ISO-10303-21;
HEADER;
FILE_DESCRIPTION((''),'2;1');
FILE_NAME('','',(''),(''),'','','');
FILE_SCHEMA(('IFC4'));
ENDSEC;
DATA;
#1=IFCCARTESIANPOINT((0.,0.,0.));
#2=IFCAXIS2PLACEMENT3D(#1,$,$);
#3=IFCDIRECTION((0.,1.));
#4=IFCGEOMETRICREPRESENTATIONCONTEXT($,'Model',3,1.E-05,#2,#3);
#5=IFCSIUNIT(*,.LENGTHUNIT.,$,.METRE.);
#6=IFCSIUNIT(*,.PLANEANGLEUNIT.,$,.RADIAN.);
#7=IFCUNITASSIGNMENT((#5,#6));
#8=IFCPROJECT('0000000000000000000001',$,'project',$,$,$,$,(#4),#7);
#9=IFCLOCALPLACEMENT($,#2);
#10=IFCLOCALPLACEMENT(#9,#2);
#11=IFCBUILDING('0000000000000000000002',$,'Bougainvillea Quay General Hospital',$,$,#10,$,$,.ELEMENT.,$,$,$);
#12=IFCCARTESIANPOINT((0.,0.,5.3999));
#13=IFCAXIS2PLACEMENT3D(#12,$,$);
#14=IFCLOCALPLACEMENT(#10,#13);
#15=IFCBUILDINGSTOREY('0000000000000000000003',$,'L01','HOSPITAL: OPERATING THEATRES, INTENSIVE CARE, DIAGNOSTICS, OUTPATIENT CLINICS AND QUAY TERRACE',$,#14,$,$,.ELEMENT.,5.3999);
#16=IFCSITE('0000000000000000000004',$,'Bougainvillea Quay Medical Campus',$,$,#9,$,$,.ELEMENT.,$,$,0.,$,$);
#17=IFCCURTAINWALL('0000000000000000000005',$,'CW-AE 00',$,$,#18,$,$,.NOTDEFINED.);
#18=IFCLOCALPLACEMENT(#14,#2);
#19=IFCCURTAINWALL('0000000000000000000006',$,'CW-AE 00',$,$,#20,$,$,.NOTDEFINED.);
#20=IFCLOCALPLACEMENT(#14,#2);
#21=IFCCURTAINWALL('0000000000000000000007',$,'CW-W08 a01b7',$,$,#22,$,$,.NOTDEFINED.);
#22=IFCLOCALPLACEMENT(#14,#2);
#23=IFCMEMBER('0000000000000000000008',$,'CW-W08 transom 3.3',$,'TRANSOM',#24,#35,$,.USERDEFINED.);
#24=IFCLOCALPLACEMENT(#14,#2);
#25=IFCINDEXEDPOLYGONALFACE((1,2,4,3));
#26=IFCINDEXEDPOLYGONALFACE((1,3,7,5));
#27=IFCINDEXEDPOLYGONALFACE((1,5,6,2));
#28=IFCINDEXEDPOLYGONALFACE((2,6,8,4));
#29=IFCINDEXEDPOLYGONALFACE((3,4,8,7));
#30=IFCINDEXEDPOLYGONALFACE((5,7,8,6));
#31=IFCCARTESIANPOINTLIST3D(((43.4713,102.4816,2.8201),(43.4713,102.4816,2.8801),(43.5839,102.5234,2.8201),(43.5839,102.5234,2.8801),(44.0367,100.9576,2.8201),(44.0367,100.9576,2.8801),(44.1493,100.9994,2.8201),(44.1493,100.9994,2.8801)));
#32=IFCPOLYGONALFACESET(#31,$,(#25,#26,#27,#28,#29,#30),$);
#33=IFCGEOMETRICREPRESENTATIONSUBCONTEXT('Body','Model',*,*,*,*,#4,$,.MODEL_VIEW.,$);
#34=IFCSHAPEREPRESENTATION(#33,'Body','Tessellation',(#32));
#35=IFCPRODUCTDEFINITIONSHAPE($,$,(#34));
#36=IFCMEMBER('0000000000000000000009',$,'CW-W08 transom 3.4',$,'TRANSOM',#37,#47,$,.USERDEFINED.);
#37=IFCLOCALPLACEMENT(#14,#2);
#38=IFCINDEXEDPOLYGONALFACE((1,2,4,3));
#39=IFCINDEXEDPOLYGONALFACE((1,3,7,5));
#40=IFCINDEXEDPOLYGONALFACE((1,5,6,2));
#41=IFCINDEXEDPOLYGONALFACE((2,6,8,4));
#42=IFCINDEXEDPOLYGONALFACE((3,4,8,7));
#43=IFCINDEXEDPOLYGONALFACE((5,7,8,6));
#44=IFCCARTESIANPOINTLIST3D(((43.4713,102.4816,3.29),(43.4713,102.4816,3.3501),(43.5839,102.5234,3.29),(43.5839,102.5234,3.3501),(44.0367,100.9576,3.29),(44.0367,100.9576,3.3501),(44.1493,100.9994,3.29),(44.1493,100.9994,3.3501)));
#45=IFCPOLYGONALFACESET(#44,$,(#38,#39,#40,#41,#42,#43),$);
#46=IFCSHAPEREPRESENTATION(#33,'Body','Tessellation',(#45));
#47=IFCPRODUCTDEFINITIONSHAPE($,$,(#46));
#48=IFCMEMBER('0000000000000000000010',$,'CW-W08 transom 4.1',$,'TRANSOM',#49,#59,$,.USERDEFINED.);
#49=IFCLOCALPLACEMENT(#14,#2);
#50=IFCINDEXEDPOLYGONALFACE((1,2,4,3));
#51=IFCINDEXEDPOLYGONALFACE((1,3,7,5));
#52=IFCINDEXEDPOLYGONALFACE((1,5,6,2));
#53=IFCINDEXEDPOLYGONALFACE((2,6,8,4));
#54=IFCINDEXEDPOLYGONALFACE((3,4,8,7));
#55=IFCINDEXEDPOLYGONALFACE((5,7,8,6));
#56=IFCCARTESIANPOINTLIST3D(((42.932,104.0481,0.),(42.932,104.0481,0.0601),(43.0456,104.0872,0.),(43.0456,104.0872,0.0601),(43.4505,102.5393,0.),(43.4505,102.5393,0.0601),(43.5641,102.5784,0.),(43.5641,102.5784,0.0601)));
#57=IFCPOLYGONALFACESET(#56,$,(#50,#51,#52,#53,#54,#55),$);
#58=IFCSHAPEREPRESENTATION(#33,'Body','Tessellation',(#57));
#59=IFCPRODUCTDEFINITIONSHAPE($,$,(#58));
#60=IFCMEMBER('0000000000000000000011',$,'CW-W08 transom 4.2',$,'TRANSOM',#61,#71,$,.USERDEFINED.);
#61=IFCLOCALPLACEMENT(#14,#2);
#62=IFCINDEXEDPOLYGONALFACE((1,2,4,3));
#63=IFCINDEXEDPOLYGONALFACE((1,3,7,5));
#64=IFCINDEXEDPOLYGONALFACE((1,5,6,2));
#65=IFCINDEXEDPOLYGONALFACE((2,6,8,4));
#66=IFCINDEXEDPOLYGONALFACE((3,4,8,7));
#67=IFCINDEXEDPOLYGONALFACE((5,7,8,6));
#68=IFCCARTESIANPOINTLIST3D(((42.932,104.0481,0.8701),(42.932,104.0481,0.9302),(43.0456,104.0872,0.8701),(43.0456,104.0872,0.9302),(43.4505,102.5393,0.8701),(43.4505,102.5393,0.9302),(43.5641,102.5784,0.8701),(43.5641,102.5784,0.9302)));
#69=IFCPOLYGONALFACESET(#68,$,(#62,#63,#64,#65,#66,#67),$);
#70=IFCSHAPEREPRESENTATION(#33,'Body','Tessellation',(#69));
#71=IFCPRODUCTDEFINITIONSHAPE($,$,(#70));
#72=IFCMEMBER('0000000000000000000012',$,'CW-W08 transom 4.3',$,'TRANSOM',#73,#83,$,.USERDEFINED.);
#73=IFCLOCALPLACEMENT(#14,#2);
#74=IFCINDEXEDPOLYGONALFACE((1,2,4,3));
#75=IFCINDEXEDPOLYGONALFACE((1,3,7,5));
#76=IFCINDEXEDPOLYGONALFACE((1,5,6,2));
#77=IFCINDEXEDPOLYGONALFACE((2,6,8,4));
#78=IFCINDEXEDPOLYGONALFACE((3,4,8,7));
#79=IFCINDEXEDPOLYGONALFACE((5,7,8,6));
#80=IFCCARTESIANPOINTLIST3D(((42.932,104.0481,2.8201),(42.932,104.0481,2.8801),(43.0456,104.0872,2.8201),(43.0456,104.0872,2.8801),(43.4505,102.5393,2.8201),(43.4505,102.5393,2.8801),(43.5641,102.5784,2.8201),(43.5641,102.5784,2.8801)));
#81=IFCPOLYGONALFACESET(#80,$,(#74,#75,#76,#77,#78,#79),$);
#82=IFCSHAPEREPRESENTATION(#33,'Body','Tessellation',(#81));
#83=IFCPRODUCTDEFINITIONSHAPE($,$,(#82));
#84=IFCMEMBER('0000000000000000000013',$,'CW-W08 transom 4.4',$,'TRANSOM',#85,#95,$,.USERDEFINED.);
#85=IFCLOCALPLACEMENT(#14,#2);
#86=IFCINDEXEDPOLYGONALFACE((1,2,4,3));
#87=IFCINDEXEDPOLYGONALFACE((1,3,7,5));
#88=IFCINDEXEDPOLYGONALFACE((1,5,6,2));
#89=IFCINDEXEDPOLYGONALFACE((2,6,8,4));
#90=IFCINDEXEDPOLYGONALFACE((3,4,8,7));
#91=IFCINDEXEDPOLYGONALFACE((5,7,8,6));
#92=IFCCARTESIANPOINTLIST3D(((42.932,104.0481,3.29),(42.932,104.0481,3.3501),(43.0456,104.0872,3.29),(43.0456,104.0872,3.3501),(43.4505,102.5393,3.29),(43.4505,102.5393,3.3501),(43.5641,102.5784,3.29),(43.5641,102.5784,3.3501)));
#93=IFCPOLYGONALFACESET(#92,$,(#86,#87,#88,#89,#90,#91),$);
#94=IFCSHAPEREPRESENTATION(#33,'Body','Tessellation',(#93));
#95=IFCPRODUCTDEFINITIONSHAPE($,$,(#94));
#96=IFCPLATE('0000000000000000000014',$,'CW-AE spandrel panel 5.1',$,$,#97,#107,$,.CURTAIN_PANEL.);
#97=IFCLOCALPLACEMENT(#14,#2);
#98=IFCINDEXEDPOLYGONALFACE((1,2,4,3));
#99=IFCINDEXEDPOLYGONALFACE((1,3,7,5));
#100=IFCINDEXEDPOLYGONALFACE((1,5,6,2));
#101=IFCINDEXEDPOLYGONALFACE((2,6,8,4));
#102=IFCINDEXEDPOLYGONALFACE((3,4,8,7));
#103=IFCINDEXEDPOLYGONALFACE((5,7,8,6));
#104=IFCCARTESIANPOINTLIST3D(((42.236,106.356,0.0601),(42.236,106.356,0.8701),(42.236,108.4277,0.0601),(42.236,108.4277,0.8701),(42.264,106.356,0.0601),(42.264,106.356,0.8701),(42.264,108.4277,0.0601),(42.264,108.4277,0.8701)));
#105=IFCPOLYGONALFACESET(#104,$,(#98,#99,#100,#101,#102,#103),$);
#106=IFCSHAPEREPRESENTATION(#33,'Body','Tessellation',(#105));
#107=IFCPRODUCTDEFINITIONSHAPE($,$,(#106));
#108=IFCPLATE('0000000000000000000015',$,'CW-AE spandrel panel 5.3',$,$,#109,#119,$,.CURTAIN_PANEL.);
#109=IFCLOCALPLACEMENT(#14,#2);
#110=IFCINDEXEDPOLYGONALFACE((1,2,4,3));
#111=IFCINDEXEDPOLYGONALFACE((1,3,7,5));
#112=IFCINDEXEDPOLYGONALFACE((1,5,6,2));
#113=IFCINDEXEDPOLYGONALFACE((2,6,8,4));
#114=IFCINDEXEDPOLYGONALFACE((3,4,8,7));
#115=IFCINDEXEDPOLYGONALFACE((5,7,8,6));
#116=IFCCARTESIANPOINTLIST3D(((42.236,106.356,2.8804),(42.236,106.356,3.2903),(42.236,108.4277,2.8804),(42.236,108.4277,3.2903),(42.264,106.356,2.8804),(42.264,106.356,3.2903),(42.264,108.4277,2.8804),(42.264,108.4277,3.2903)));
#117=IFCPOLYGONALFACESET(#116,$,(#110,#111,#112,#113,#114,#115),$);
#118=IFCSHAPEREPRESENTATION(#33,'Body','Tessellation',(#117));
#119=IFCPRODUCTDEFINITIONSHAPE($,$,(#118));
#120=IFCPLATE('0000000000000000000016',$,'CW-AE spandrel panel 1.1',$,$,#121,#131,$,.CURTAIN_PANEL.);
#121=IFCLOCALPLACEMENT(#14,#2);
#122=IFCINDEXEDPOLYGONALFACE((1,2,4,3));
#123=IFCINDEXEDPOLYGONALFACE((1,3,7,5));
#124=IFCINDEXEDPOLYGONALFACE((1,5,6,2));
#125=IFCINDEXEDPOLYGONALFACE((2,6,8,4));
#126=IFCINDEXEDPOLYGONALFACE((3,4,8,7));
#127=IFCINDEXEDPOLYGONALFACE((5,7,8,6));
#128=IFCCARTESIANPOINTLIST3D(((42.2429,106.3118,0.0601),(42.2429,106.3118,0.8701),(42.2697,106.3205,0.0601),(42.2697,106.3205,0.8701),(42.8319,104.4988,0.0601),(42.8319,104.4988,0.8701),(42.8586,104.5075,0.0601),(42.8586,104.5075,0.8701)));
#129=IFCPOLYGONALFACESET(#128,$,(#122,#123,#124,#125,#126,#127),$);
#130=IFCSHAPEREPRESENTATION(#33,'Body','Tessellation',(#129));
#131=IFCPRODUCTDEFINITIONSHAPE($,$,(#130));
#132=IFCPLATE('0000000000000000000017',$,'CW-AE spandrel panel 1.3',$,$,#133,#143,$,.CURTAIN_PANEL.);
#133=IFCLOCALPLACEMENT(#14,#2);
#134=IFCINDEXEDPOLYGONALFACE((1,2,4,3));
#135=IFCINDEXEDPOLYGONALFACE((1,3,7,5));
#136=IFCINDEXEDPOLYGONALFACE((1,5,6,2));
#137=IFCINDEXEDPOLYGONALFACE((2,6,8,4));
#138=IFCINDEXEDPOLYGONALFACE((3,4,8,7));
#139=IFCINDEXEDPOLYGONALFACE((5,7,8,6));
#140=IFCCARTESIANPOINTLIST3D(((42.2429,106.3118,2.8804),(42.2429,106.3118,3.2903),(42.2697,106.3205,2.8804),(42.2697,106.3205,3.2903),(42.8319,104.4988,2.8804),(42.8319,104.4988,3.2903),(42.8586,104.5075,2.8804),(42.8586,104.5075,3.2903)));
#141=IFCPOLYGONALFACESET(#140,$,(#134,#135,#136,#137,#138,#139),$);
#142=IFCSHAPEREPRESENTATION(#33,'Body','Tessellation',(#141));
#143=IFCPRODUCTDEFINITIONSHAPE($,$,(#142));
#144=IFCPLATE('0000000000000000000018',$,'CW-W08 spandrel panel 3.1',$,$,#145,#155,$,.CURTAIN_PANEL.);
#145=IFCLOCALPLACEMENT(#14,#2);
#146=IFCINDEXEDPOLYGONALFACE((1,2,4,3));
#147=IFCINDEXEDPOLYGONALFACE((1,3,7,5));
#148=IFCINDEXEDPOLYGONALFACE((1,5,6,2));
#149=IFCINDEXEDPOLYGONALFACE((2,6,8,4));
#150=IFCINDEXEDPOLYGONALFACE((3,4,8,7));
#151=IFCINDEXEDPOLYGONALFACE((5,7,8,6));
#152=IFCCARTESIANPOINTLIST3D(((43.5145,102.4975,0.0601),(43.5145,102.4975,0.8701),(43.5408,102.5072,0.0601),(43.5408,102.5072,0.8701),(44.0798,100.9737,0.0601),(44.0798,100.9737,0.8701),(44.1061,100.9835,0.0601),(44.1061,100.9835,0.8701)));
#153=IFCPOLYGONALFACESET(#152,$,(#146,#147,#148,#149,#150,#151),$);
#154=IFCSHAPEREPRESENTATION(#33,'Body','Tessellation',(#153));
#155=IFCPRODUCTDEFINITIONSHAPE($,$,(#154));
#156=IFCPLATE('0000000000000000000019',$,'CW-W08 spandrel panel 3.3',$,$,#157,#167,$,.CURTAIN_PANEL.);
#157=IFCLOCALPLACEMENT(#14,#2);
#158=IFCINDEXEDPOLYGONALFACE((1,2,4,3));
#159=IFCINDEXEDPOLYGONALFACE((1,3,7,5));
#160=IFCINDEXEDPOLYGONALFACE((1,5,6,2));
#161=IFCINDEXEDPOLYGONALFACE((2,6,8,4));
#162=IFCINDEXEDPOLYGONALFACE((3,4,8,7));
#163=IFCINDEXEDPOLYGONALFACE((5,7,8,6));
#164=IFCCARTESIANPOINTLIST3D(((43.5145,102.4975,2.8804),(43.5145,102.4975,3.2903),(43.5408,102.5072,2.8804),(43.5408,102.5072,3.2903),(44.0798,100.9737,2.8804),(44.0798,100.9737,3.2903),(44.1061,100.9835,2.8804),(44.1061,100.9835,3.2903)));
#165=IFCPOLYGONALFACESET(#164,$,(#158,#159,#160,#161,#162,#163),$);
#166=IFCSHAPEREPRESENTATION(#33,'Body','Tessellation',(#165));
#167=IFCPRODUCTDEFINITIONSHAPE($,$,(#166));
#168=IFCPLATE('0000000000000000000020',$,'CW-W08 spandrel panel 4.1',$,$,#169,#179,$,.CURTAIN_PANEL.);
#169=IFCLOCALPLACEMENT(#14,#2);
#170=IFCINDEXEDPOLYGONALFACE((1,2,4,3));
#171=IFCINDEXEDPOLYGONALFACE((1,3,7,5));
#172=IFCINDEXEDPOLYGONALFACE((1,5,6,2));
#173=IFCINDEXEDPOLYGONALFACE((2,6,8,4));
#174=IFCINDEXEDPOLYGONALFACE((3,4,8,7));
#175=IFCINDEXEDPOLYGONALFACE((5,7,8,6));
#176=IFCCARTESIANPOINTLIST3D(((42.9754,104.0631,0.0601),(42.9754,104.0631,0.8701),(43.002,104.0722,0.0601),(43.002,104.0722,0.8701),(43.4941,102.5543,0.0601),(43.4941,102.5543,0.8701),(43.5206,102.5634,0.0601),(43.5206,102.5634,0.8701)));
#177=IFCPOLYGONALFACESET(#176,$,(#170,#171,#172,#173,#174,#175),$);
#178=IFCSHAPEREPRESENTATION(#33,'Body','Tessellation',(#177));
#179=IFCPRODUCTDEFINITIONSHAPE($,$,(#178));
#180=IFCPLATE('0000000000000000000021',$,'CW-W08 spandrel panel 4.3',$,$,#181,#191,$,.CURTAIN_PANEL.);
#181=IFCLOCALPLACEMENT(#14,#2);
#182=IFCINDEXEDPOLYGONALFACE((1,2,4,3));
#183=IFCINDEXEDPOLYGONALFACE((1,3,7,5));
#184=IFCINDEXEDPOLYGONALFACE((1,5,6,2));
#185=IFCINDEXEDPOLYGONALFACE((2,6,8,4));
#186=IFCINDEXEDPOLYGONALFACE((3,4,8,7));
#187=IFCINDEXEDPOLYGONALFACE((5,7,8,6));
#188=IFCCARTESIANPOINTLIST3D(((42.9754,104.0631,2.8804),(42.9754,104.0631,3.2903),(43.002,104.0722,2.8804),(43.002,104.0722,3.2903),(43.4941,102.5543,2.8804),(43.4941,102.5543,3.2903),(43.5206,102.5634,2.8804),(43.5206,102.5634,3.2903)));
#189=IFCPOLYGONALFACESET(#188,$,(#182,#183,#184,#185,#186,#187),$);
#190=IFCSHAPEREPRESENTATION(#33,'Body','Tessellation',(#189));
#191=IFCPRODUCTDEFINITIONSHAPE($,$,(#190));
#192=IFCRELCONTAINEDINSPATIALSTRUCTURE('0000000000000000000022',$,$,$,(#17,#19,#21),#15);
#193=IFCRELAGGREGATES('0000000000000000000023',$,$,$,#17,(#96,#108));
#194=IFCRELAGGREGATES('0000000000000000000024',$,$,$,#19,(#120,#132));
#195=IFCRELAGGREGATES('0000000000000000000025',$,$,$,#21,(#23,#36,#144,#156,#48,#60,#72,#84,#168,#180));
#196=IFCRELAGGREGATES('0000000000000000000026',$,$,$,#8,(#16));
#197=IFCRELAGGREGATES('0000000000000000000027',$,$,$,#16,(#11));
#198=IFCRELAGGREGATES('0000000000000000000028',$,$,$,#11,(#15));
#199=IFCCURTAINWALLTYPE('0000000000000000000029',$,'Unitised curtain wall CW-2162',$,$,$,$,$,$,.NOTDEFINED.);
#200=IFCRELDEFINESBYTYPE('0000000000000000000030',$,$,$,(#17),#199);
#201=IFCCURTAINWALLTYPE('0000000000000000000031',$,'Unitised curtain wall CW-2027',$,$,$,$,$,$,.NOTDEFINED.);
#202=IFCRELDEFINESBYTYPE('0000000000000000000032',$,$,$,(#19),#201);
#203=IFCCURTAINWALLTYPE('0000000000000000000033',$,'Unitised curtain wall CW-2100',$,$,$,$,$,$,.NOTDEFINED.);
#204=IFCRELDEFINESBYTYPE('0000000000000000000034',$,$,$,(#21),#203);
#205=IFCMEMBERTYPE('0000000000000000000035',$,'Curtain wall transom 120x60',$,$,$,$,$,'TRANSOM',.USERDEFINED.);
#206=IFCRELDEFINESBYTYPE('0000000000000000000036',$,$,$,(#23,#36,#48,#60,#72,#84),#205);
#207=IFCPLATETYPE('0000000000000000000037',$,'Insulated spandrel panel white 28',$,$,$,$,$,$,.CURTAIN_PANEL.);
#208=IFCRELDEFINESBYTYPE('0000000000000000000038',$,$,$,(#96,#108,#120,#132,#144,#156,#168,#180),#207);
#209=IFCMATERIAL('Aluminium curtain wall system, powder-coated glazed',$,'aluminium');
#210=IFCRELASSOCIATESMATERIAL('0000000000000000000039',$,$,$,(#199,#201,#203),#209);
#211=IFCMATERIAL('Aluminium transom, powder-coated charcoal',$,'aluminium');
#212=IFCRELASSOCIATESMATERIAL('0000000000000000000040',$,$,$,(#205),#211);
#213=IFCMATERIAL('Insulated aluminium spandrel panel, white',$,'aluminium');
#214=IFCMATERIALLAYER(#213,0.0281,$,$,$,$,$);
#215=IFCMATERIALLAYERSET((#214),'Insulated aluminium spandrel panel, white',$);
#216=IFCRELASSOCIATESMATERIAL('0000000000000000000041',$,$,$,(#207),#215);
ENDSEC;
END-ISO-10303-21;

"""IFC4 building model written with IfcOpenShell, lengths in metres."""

from ifc_helpers import new_model, si_unit, direction, frame, origin, origin_2d, place, context, subcontext, project, spatial, rectangle, extrude, material, layer, layer_set, material_profile, profile_set, type_object, element, aggregate, save


model = new_model("IFC4")

# Units and contexts
model_context = context("Model", 3, precision=1e-05, world=origin(), true_north=direction((0.0, 1.0)))
body_context = subcontext(model_context, "Body", "Model", "MODEL_VIEW")
ifc_project = project(units=[si_unit("LENGTHUNIT", "METRE"), si_unit("PLANEANGLEUNIT", "RADIAN")], contexts=[model_context])

# Site, building, storey
site_placement = place(None, origin())
site = spatial("IfcSite", under=ifc_project, at=site_placement, Name="Bougainvillea Quay Medical Campus", CompositionType="ELEMENT", RefElevation=0.0)
building_placement = place(site_placement, origin())
building = spatial("IfcBuilding", under=site, at=building_placement, Name="Bougainvillea Quay General Hospital", CompositionType="ELEMENT")
storey_placement = place(building_placement, frame((0.0, 0.0, 5.3999)))
storey = spatial("IfcBuildingStorey", under=building, at=storey_placement, Name="L01", Description="HOSPITAL: OPERATING THEATRES, INTENSIVE CARE, DIAGNOSTICS, OUTPATIENT CLINICS AND QUAY TERRACE", CompositionType="ELEMENT", Elevation=5.3999)

# Curtain wall
ifc_material_1 = material(Name="Aluminium curtain wall system, powder-coated glazed", Category="aluminium")
curtain_wall_type_1 = type_object("IfcCurtainWallType", Name="Unitised curtain wall CW-2162", PredefinedType="NOTDEFINED", material=ifc_material_1)
curtain_wall_1_placement = place(storey_placement, origin())
curtain_wall_1 = element("IfcCurtainWall", 1, at=curtain_wall_1_placement, inside=storey, type_object=curtain_wall_type_1, Name="CW-AE 00", PredefinedType="NOTDEFINED")

# Curtain walls
curtain_wall_type_2 = type_object("IfcCurtainWallType", Name="Unitised curtain wall CW-2027", PredefinedType="NOTDEFINED", material=ifc_material_1)
curtain_wall_2_placement = place(storey_placement, origin())
curtain_wall_2 = element("IfcCurtainWall", 2, at=curtain_wall_2_placement, inside=storey, type_object=curtain_wall_type_2, Name="CW-AE 00", PredefinedType="NOTDEFINED")
curtain_wall_type_3 = type_object("IfcCurtainWallType", Name="Unitised curtain wall CW-2100", PredefinedType="NOTDEFINED", material=ifc_material_1)
curtain_wall_3_placement = place(storey_placement, origin())
curtain_wall_3 = element("IfcCurtainWall", 3, at=curtain_wall_3_placement, inside=storey, type_object=curtain_wall_type_3, Name="CW-W08 a01b7", PredefinedType="NOTDEFINED")

# Members
ifc_material_2 = material(Name="Aluminium transom, powder-coated charcoal", Category="aluminium")
ifc_material_profile_1 = material_profile(ifc_material_2, rectangle(XDim=0.1201, YDim=0.0601, at=origin_2d()))
ifc_profile_set_1 = profile_set([ifc_material_profile_1], Name="Aluminium transom, powder-coated charcoal")
member_type_1 = type_object("IfcMemberType", Name="Curtain wall transom 120x60", ElementType="TRANSOM", PredefinedType="USERDEFINED", material=ifc_profile_set_1)
member_1_placement = place(storey_placement, frame((44.093, 100.9785, 2.8501), z_axis=(-0.347862, 0.937546, 0.0), x_axis=(-0.937546, -0.347862, 0.0)))
member_1 = element("IfcMember", 4, at=member_1_placement, type_object=member_type_1, Name="CW-W08 transom 3.3", ObjectType="TRANSOM", PredefinedType="USERDEFINED", context=body_context, shape_type="SweptSolid", body=[
    extrude(rectangle(XDim=0.1201, YDim=0.0601, at=origin_2d()), origin(), (0.0, 0.0, 1.0), 1.6255),
])
member_2_placement = place(storey_placement, frame((44.093, 100.9785, 3.3201), z_axis=(-0.347862, 0.937546, 0.0), x_axis=(-0.937546, -0.347862, 0.0)))
member_2 = element("IfcMember", 5, at=member_2_placement, type_object=member_type_1, Name="CW-W08 transom 3.4", ObjectType="TRANSOM", PredefinedType="USERDEFINED", context=body_context, shape_type="SweptSolid", body=[
    extrude(rectangle(XDim=0.1201, YDim=0.0601, at=origin_2d()), origin(), (0.0, 0.0, 1.0), 1.6255),
])
member_3_placement = place(storey_placement, frame((43.5073, 102.5588, 0.03), z_axis=(-0.325028, 0.945704, 0.0), x_axis=(-0.945704, -0.325028, 0.0)))
member_3 = element("IfcMember", 6, at=member_3_placement, type_object=member_type_1, Name="CW-W08 transom 4.1", ObjectType="TRANSOM", PredefinedType="USERDEFINED", context=body_context, shape_type="SweptSolid", body=[
    extrude(rectangle(XDim=0.1201, YDim=0.0601, at=origin_2d()), origin(), (0.0, 0.0, 1.0), 1.5955),
])
member_4_placement = place(storey_placement, frame((43.5073, 102.5588, 0.9001), z_axis=(-0.325028, 0.945704, 0.0), x_axis=(-0.945704, -0.325028, 0.0)))
member_4 = element("IfcMember", 7, at=member_4_placement, type_object=member_type_1, Name="CW-W08 transom 4.2", ObjectType="TRANSOM", PredefinedType="USERDEFINED", context=body_context, shape_type="SweptSolid", body=[
    extrude(rectangle(XDim=0.1201, YDim=0.0601, at=origin_2d()), origin(), (0.0, 0.0, 1.0), 1.5955),
])
member_5_placement = place(storey_placement, frame((43.5073, 102.5588, 2.8501), z_axis=(-0.325028, 0.945704, 0.0), x_axis=(-0.945704, -0.325028, 0.0)))
member_5 = element("IfcMember", 8, at=member_5_placement, type_object=member_type_1, Name="CW-W08 transom 4.3", ObjectType="TRANSOM", PredefinedType="USERDEFINED", context=body_context, shape_type="SweptSolid", body=[
    extrude(rectangle(XDim=0.1201, YDim=0.0601, at=origin_2d()), origin(), (0.0, 0.0, 1.0), 1.5955),
])
member_6_placement = place(storey_placement, frame((43.5073, 102.5588, 3.3201), z_axis=(-0.325028, 0.945704, 0.0), x_axis=(-0.945704, -0.325028, 0.0)))
member_6 = element("IfcMember", 9, at=member_6_placement, type_object=member_type_1, Name="CW-W08 transom 4.4", ObjectType="TRANSOM", PredefinedType="USERDEFINED", context=body_context, shape_type="SweptSolid", body=[
    extrude(rectangle(XDim=0.1201, YDim=0.0601, at=origin_2d()), origin(), (0.0, 0.0, 1.0), 1.5955),
])

# Plates
ifc_material_3 = material(Name="Insulated aluminium spandrel panel, white", Category="aluminium")
ifc_layer_1 = layer(ifc_material_3, 0.0281)
ifc_layer_set_1 = layer_set([ifc_layer_1], Name="Insulated aluminium spandrel panel, white")
plate_type_1 = type_object("IfcPlateType", Name="Insulated spandrel panel white 28", PredefinedType="CURTAIN_PANEL", material=ifc_layer_set_1)
plate_1_placement = place(storey_placement, frame((42.25, 107.3918, 0.0601), z_axis=(0.0, 0.0, 1.0), x_axis=(0.0, -1.0, 0.0)))
plate_1 = element("IfcPlate", 10, at=plate_1_placement, type_object=plate_type_1, Name="CW-AE spandrel panel 5.1", PredefinedType="CURTAIN_PANEL", context=body_context, shape_type="SweptSolid", body=[
    extrude(rectangle(XDim=2.0718, YDim=0.0281, at=origin_2d()), origin(), (0.0, 0.0, 1.0), 0.8101),
])
plate_2_placement = place(storey_placement, frame((42.25, 107.3918, 2.8804), z_axis=(0.0, 0.0, 1.0), x_axis=(0.0, -1.0, 0.0)))
plate_2 = element("IfcPlate", 11, at=plate_2_placement, type_object=plate_type_1, Name="CW-AE spandrel panel 5.3", PredefinedType="CURTAIN_PANEL", context=body_context, shape_type="SweptSolid", body=[
    extrude(rectangle(XDim=2.0718, YDim=0.0281, at=origin_2d()), origin(), (0.0, 0.0, 1.0), 0.4099),
])
plate_3_placement = place(storey_placement, frame((42.5508, 105.4097, 0.0601), z_axis=(0.0, 0.0, 1.0), x_axis=(0.308963, -0.951074, 0.0)))
plate_3 = element("IfcPlate", 12, at=plate_3_placement, type_object=plate_type_1, Name="CW-AE spandrel panel 1.1", PredefinedType="CURTAIN_PANEL", context=body_context, shape_type="SweptSolid", body=[
    extrude(rectangle(XDim=1.9062, YDim=0.0281, at=origin_2d()), origin(), (0.0, 0.0, 1.0), 0.8101),
])
plate_4_placement = place(storey_placement, frame((42.5508, 105.4097, 2.8804), z_axis=(0.0, 0.0, 1.0), x_axis=(0.308963, -0.951074, 0.0)))
plate_4 = element("IfcPlate", 13, at=plate_4_placement, type_object=plate_type_1, Name="CW-AE spandrel panel 1.3", PredefinedType="CURTAIN_PANEL", context=body_context, shape_type="SweptSolid", body=[
    extrude(rectangle(XDim=1.9062, YDim=0.0281, at=origin_2d()), origin(), (0.0, 0.0, 1.0), 0.4099),
])
plate_5_placement = place(storey_placement, frame((43.8103, 101.7405, 0.0601), z_axis=(0.0, 0.0, 1.0), x_axis=(-0.347833, 0.937556, 0.0)))
plate_5 = element("IfcPlate", 14, at=plate_5_placement, type_object=plate_type_1, Name="CW-W08 spandrel panel 3.1", PredefinedType="CURTAIN_PANEL", context=body_context, shape_type="SweptSolid", body=[
    extrude(rectangle(XDim=1.6252, YDim=0.0281, at=origin_2d()), origin(), (0.0, 0.0, 1.0), 0.8101),
])
plate_6_placement = place(storey_placement, frame((43.8103, 101.7405, 2.8804), z_axis=(0.0, 0.0, 1.0), x_axis=(-0.347833, 0.937556, 0.0)))
plate_6 = element("IfcPlate", 15, at=plate_6_placement, type_object=plate_type_1, Name="CW-W08 spandrel panel 3.3", PredefinedType="CURTAIN_PANEL", context=body_context, shape_type="SweptSolid", body=[
    extrude(rectangle(XDim=1.6252, YDim=0.0281, at=origin_2d()), origin(), (0.0, 0.0, 1.0), 0.4099),
])
plate_7_placement = place(storey_placement, frame((43.248, 103.3132, 0.0601), z_axis=(0.0, 0.0, 1.0), x_axis=(-0.325079, 0.945687, 0.0)))
plate_7 = element("IfcPlate", 16, at=plate_7_placement, type_object=plate_type_1, Name="CW-W08 spandrel panel 4.1", PredefinedType="CURTAIN_PANEL", context=body_context, shape_type="SweptSolid", body=[
    extrude(rectangle(XDim=1.5955, YDim=0.0281, at=origin_2d()), origin(), (0.0, 0.0, 1.0), 0.8101),
])
plate_8_placement = place(storey_placement, frame((43.248, 103.3132, 2.8804), z_axis=(0.0, 0.0, 1.0), x_axis=(-0.325079, 0.945687, 0.0)))
plate_8 = element("IfcPlate", 17, at=plate_8_placement, type_object=plate_type_1, Name="CW-W08 spandrel panel 4.3", PredefinedType="CURTAIN_PANEL", context=body_context, shape_type="SweptSolid", body=[
    extrude(rectangle(XDim=1.5955, YDim=0.0281, at=origin_2d()), origin(), (0.0, 0.0, 1.0), 0.4099),
])
aggregate(curtain_wall_1, [plate_1, plate_2])
aggregate(curtain_wall_2, [plate_3, plate_4])
aggregate(curtain_wall_3, [member_1, member_2, plate_5, plate_6, member_3, member_4, member_5, member_6, plate_7, plate_8])

save(model, "model.ifc")
